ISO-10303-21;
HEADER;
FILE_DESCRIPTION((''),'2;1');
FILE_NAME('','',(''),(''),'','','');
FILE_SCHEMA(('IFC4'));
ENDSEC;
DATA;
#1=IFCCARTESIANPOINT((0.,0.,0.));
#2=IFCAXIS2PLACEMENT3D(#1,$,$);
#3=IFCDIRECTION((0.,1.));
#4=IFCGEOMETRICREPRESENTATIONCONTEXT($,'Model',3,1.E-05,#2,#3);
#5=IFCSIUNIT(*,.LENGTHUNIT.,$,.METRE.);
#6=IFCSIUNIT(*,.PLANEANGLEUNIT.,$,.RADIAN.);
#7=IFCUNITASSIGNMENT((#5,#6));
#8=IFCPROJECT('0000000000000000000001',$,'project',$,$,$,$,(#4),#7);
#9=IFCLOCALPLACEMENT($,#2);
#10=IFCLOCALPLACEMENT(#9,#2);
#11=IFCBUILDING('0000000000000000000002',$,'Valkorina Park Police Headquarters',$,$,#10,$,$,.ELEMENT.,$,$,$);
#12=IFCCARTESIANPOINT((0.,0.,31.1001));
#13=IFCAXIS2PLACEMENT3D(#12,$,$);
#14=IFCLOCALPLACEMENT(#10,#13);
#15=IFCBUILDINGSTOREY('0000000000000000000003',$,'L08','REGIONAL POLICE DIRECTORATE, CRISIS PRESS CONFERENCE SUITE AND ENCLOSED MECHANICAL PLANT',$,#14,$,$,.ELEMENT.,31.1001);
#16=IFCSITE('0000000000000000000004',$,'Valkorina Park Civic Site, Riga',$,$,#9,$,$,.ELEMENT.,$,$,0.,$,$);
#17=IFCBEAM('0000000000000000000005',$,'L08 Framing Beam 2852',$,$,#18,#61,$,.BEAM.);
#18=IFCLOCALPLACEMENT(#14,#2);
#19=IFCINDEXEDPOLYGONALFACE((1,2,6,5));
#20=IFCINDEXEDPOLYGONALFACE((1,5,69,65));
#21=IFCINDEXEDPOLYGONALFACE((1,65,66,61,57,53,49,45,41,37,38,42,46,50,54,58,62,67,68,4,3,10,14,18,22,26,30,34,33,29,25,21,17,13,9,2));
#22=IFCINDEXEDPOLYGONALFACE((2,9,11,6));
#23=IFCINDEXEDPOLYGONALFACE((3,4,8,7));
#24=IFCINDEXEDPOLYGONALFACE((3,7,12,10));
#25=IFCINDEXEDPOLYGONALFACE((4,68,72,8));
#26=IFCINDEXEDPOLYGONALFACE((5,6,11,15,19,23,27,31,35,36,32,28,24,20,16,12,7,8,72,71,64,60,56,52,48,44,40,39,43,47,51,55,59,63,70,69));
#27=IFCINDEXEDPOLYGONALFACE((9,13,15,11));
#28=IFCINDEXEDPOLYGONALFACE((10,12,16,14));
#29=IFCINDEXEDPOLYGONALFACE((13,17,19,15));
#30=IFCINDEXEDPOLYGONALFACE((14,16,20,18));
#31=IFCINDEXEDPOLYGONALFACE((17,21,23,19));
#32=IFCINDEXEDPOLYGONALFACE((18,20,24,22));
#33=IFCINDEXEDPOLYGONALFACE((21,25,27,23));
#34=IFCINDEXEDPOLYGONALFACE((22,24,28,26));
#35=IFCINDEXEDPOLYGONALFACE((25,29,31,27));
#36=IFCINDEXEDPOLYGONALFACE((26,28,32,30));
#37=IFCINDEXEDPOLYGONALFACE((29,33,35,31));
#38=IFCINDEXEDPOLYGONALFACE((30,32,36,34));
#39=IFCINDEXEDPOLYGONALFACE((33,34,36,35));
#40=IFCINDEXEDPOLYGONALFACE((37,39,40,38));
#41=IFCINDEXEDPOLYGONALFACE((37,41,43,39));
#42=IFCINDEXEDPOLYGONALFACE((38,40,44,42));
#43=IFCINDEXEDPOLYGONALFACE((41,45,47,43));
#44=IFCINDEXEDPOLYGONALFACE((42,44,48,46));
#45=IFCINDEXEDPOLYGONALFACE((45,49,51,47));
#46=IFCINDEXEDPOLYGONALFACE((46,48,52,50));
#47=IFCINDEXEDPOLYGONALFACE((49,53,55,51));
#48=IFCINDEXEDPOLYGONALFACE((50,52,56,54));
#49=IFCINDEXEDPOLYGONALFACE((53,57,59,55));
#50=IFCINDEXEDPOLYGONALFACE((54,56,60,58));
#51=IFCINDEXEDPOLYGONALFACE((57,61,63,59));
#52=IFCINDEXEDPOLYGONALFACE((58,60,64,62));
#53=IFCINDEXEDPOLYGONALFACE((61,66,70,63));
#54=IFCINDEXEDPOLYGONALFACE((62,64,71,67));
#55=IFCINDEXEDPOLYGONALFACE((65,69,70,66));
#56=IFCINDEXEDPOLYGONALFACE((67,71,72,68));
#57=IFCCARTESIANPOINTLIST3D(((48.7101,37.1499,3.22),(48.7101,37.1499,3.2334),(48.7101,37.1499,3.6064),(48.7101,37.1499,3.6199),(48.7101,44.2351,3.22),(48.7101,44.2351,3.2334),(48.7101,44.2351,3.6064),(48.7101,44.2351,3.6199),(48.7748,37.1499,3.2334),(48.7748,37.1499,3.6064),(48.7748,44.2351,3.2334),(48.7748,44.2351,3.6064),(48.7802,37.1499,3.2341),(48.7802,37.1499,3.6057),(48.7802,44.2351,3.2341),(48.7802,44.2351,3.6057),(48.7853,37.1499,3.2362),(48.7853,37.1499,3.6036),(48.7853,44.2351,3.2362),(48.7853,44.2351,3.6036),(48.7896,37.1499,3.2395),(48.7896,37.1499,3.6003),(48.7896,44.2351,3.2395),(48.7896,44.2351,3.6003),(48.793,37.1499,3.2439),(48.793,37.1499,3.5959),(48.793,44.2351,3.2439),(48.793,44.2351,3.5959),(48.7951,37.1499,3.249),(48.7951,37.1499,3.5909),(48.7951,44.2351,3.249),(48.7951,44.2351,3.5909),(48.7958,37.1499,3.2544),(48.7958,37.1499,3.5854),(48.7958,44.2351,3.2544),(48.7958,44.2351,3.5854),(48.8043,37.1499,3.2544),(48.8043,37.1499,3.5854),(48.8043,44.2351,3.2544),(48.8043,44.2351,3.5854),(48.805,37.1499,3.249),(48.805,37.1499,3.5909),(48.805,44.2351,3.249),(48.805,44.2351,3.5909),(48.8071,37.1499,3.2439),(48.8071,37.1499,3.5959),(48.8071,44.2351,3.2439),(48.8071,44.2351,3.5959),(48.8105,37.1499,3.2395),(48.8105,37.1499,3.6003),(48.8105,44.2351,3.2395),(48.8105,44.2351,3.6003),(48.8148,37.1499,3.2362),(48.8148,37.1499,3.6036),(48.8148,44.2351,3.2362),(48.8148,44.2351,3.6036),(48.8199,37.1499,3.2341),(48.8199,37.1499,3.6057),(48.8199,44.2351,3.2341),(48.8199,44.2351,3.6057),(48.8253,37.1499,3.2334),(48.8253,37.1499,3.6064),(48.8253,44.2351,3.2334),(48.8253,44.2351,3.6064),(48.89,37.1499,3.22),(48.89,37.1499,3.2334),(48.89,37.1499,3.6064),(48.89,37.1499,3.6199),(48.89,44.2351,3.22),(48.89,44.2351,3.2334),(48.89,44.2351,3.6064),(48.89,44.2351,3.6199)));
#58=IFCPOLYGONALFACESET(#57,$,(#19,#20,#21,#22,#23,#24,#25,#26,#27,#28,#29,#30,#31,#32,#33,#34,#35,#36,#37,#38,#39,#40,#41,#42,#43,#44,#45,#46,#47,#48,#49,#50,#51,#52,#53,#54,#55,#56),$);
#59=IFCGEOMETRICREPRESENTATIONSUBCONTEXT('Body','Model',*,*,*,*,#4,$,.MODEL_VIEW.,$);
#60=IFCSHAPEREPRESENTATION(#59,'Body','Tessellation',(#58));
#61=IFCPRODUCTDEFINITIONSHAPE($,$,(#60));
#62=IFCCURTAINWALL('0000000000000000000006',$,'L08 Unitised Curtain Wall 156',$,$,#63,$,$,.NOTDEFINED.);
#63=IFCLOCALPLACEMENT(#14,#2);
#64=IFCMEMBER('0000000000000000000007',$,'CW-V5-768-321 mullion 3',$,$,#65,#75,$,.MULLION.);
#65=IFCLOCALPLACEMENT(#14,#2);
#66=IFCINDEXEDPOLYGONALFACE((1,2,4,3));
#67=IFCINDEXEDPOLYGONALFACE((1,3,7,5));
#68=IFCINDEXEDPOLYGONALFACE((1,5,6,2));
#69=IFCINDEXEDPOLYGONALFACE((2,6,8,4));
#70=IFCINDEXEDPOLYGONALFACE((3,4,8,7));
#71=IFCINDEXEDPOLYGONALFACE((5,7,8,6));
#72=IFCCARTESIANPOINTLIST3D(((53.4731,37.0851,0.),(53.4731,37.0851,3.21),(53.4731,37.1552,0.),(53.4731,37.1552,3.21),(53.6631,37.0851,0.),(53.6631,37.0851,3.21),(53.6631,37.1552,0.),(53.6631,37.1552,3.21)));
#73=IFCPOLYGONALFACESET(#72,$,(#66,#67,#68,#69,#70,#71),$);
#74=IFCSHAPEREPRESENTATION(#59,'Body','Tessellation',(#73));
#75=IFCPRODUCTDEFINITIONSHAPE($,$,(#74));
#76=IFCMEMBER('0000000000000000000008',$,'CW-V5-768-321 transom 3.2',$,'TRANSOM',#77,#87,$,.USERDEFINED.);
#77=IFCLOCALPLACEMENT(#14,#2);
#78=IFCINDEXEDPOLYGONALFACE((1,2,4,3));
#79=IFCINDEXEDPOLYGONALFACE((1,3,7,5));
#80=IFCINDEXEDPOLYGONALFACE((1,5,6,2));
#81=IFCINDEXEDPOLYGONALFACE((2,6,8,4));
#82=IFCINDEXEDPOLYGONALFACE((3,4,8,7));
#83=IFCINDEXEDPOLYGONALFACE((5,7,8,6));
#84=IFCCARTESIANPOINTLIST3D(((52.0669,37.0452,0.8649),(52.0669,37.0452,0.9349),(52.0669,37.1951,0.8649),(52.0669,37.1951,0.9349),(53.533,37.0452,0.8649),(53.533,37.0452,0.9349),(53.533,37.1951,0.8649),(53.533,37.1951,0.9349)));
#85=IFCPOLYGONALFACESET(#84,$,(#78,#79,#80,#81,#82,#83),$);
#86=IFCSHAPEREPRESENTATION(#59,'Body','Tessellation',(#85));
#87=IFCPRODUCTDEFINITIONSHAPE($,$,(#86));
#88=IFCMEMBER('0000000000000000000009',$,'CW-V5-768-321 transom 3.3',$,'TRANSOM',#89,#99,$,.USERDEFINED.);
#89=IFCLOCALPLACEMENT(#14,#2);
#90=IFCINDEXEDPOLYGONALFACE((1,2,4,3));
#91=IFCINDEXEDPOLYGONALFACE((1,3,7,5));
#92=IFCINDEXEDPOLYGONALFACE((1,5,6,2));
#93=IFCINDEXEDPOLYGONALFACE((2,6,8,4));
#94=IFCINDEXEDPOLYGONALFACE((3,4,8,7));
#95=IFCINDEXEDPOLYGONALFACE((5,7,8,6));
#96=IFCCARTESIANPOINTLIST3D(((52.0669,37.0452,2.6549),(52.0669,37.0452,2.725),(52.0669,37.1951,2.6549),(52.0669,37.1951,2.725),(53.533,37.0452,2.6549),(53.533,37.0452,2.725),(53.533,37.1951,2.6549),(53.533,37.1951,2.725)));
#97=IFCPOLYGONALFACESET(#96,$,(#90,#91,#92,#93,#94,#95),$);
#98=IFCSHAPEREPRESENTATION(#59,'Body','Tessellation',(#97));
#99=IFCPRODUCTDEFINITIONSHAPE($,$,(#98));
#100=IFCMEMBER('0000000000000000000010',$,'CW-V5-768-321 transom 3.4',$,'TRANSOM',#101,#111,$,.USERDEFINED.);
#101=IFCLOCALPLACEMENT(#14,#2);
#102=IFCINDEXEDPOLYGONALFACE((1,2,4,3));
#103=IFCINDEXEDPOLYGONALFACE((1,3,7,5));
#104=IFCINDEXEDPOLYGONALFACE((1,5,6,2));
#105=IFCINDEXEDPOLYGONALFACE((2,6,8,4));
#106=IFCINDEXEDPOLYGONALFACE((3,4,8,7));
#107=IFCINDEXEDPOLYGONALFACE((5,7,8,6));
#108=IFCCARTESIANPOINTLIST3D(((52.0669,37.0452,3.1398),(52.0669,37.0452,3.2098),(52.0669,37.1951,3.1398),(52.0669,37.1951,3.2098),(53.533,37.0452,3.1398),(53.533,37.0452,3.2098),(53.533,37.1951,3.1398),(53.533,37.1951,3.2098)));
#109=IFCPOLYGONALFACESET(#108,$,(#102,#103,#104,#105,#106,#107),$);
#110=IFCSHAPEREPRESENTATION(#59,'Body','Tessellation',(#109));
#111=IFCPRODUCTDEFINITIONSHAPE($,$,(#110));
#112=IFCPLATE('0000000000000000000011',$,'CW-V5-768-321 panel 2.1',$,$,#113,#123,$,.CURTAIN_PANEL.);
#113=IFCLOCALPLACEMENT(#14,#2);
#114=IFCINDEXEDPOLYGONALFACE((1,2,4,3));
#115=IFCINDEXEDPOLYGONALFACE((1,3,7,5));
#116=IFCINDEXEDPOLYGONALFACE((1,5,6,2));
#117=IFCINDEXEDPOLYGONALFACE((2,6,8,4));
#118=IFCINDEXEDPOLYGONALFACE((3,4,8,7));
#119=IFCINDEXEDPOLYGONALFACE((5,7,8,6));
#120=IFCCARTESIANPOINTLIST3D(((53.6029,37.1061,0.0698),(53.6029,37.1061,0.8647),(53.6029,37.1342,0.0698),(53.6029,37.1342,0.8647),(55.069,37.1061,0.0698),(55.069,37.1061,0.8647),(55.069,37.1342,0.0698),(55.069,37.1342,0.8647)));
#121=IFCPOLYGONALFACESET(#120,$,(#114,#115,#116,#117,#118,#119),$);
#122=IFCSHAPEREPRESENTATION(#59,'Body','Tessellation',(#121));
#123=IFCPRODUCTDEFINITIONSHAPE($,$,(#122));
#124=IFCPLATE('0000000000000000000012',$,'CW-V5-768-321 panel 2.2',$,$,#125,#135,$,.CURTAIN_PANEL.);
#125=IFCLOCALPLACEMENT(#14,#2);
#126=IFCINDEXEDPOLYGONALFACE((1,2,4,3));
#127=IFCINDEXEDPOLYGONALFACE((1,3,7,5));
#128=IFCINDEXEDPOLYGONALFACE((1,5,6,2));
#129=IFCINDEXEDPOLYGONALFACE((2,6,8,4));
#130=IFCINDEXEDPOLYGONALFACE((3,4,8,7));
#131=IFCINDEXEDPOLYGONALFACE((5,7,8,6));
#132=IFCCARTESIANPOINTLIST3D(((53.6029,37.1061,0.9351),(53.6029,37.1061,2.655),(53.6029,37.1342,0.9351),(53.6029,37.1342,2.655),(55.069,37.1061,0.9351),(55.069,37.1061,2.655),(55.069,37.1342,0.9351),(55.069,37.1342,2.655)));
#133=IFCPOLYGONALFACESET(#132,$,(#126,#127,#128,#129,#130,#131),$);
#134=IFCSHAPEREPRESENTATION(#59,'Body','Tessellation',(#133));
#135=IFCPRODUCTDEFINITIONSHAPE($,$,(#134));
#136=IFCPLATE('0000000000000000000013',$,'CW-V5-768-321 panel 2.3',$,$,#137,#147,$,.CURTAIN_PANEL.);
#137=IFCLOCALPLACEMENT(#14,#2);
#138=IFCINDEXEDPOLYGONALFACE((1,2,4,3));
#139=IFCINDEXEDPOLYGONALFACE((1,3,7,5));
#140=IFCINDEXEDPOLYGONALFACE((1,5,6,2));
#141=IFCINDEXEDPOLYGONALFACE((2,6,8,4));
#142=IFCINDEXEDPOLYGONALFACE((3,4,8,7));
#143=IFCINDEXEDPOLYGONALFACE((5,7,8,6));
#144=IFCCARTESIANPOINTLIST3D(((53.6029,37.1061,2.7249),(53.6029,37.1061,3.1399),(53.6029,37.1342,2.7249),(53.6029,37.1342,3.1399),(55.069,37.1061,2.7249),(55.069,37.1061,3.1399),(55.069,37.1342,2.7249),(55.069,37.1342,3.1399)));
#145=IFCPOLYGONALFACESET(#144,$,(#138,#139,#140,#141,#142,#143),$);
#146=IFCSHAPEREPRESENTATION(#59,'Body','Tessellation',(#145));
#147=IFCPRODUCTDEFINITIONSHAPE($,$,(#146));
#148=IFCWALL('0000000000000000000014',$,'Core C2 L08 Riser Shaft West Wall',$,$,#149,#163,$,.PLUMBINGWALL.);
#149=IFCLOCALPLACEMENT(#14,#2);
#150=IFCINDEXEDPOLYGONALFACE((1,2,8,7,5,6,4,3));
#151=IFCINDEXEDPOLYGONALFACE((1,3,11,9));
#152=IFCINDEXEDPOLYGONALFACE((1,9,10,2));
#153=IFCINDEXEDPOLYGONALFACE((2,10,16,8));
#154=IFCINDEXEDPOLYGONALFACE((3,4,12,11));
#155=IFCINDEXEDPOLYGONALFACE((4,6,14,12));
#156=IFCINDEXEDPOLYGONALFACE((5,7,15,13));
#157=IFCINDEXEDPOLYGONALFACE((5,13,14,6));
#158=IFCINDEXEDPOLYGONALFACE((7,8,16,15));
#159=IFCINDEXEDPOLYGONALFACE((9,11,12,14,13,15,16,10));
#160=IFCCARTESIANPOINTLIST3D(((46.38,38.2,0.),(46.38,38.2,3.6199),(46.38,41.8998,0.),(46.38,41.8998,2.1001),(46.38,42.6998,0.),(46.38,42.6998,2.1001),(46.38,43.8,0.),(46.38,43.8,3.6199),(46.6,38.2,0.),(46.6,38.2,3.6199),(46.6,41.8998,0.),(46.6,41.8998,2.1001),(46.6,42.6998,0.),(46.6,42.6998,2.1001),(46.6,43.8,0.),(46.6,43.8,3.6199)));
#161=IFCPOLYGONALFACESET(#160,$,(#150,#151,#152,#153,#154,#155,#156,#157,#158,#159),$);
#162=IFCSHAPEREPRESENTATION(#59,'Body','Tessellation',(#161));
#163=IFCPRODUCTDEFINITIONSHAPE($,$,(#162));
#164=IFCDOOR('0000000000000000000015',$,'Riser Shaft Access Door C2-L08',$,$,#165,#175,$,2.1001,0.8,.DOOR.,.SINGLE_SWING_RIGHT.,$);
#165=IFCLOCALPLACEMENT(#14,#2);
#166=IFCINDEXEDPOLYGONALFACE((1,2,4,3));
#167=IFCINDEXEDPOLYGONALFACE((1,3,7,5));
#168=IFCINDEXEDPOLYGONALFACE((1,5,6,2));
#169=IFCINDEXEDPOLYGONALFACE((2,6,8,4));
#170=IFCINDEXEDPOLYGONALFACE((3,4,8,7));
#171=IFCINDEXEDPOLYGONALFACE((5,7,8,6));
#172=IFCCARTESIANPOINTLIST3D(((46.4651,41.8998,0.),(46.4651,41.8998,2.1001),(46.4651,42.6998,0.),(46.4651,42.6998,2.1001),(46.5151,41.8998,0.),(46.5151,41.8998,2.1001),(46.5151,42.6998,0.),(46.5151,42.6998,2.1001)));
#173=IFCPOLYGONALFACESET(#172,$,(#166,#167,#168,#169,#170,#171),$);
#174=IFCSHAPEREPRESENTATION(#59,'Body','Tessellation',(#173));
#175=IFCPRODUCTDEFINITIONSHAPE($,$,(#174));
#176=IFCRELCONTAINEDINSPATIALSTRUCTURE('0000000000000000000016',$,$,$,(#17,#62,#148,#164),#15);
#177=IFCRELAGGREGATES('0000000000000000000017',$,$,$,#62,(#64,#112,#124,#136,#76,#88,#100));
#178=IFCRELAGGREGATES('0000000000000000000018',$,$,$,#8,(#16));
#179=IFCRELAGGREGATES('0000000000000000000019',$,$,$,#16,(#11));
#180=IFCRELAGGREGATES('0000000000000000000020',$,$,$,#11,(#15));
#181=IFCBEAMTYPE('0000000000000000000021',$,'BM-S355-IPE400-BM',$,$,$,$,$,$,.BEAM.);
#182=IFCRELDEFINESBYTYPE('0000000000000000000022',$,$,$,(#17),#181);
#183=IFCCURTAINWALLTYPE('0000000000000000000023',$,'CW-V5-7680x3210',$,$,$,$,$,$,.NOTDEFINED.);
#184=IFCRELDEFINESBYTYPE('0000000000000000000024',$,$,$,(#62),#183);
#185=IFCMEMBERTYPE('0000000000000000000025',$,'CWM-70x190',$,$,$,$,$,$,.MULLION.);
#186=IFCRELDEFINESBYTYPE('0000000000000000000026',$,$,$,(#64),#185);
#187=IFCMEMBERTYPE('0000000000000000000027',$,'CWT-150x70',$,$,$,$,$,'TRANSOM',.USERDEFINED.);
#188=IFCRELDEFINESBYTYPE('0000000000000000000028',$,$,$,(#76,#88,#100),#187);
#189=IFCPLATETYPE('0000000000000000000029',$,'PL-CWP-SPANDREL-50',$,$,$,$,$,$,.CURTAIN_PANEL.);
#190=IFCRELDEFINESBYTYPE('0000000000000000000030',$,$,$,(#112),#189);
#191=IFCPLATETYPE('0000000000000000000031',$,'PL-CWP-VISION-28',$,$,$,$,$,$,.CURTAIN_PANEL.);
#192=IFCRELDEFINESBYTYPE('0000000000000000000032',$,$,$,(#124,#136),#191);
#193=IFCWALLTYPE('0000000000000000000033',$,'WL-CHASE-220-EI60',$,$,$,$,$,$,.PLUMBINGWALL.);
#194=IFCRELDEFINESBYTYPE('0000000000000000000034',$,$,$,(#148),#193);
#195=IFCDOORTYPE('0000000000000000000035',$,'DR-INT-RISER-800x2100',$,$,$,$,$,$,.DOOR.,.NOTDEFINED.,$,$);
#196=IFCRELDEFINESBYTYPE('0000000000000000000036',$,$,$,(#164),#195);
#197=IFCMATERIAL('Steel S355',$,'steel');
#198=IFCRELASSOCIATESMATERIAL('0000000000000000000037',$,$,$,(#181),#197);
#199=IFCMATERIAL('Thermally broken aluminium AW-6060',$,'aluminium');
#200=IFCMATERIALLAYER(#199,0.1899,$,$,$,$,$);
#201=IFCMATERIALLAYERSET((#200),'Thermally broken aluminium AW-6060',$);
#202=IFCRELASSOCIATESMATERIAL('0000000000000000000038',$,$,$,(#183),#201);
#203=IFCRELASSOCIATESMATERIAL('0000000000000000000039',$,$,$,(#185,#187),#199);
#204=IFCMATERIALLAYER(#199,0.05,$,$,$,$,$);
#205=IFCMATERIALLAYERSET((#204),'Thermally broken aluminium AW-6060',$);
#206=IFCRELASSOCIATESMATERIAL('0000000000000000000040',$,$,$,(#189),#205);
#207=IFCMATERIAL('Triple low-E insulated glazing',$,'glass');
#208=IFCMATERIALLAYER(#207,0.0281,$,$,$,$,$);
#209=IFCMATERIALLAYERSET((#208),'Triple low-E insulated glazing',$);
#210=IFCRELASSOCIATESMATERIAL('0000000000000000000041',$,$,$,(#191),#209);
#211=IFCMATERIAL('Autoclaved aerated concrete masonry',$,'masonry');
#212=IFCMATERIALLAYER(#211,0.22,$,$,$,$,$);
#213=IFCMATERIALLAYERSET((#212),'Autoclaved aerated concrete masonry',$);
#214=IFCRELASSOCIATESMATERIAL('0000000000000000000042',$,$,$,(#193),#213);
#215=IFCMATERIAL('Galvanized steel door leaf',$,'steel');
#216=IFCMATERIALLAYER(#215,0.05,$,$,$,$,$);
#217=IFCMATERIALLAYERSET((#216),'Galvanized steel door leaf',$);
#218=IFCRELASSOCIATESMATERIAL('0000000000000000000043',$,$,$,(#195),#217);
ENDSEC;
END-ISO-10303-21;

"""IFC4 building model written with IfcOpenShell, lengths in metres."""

from ifc_helpers import new_model, si_unit, direction, frame, frame_2d, origin, origin_2d, place, context, subcontext, project, spatial, rectangle, i_section, extrude, material, layer, layer_set, material_profile, profile_set, type_object, element, fill, aggregate, save


model = new_model("IFC4")

# Units and contexts
model_context = context("Model", 3, precision=1e-05, world=origin(), true_north=direction((0.0, 1.0)))
body_context = subcontext(model_context, "Body", "Model", "MODEL_VIEW")
ifc_project = project(units=[si_unit("LENGTHUNIT", "METRE"), si_unit("PLANEANGLEUNIT", "RADIAN")], contexts=[model_context])

# Site, building, storey
site_placement = place(None, origin())
site = spatial("IfcSite", under=ifc_project, at=site_placement, Name="Valkorina Park Civic Site, Riga", CompositionType="ELEMENT", RefElevation=0.0)
building_placement = place(site_placement, origin())
building = spatial("IfcBuilding", under=site, at=building_placement, Name="Valkorina Park Police Headquarters", CompositionType="ELEMENT")
storey_placement = place(building_placement, frame((0.0, 0.0, 31.1001)))
storey = spatial("IfcBuildingStorey", under=building, at=storey_placement, Name="L08", Description="REGIONAL POLICE DIRECTORATE, CRISIS PRESS CONFERENCE SUITE AND ENCLOSED MECHANICAL PLANT", CompositionType="ELEMENT", Elevation=31.1001)

# Shared definitions
ifc_material_1 = material(Name="Steel S355", Category="steel")

# Beam
ifc_material_profile_1 = material_profile(ifc_material_1, i_section(OverallWidth=0.1799, OverallDepth=0.3999, WebThickness=0.0085, FlangeThickness=0.0134, FilletRadius=0.021, at=origin_2d()), Name="IPE 400")
ifc_profile_set_1 = profile_set([ifc_material_profile_1], Name="Steel S355")
beam_type_1 = type_object("IfcBeamType", Name="BM-S355-IPE400-BM", PredefinedType="BEAM", material=ifc_profile_set_1)
beam_1_placement = place(storey_placement, frame((48.8, 37.1499, 3.4199), z_axis=(0.0, 1.0, 0.0), x_axis=(-1.0, 0.0, 0.0)))
element("IfcBeam", 1, at=beam_1_placement, inside=storey, type_object=beam_type_1, Name="L08 Framing Beam 2852", PredefinedType="BEAM", context=body_context, shape_type="SweptSolid", body=[
    extrude(i_section(OverallWidth=0.1799, OverallDepth=0.3999, WebThickness=0.0085, FlangeThickness=0.0134, FilletRadius=0.021, at=origin_2d()), origin(), (0.0, 0.0, 1.0), 7.0852),
])

# Curtain wall, members, plates
ifc_material_2 = material(Name="Thermally broken aluminium AW-6060", Category="aluminium")
ifc_layer_1 = layer(ifc_material_2, 0.1899)
ifc_layer_set_1 = layer_set([ifc_layer_1], Name="Thermally broken aluminium AW-6060")
curtain_wall_type = type_object("IfcCurtainWallType", Name="CW-V5-7680x3210", PredefinedType="NOTDEFINED", material=ifc_layer_set_1)
curtain_wall_placement = place(storey_placement, origin())
curtain_wall = element("IfcCurtainWall", 2, at=curtain_wall_placement, inside=storey, type_object=curtain_wall_type, Name="L08 Unitised Curtain Wall 156", PredefinedType="NOTDEFINED")
ifc_material_profile_2 = material_profile(ifc_material_2, rectangle(XDim=0.0701, YDim=0.1899, at=origin_2d()), Name="CWM-02 70x190")
ifc_profile_set_2 = profile_set([ifc_material_profile_2], Name="Thermally broken aluminium AW-6060")
member_type_1 = type_object("IfcMemberType", Name="CWM-70x190", PredefinedType="MULLION", material=ifc_profile_set_2)
member_1_placement = place(storey_placement, frame((53.5681, 37.1201, 0.0), z_axis=(0.0, 0.0, 1.0), x_axis=(0.0, -1.0, 0.0)))
member_1 = element("IfcMember", 3, at=member_1_placement, type_object=member_type_1, Name="CW-V5-768-321 mullion 3", PredefinedType="MULLION", context=body_context, shape_type="SweptSolid", body=[
    extrude(rectangle(XDim=0.0701, YDim=0.1899, at=origin_2d()), origin(), (0.0, 0.0, 1.0), 3.21),
])
ifc_material_profile_3 = material_profile(ifc_material_2, rectangle(XDim=0.1499, YDim=0.0701, at=origin_2d()), Name="CWT-02 150x70")
ifc_profile_set_3 = profile_set([ifc_material_profile_3], Name="Thermally broken aluminium AW-6060")
member_type_2 = type_object("IfcMemberType", Name="CWT-150x70", ElementType="TRANSOM", PredefinedType="USERDEFINED", material=ifc_profile_set_3)
member_2_placement = place(storey_placement, frame((53.533, 37.1201, 0.8999), z_axis=(-1.0, 0.0, 0.0), x_axis=(0.0, -1.0, 0.0)))
member_2 = element("IfcMember", 4, at=member_2_placement, type_object=member_type_2, Name="CW-V5-768-321 transom 3.2", ObjectType="TRANSOM", PredefinedType="USERDEFINED", context=body_context, shape_type="SweptSolid", body=[
    extrude(rectangle(XDim=0.1499, YDim=0.0701, at=origin_2d()), origin(), (0.0, 0.0, 1.0), 1.4661),
])
member_3_placement = place(storey_placement, frame((53.533, 37.1201, 2.6899), z_axis=(-1.0, 0.0, 0.0), x_axis=(0.0, -1.0, 0.0)))
member_3 = element("IfcMember", 5, at=member_3_placement, type_object=member_type_2, Name="CW-V5-768-321 transom 3.3", ObjectType="TRANSOM", PredefinedType="USERDEFINED", context=body_context, shape_type="SweptSolid", body=[
    extrude(rectangle(XDim=0.1499, YDim=0.0701, at=origin_2d()), origin(), (0.0, 0.0, 1.0), 1.4661),
])
member_4_placement = place(storey_placement, frame((53.533, 37.1201, 3.1748), z_axis=(-1.0, 0.0, 0.0), x_axis=(0.0, -1.0, 0.0)))
member_4 = element("IfcMember", 6, at=member_4_placement, type_object=member_type_2, Name="CW-V5-768-321 transom 3.4", ObjectType="TRANSOM", PredefinedType="USERDEFINED", context=body_context, shape_type="SweptSolid", body=[
    extrude(rectangle(XDim=0.1499, YDim=0.0701, at=origin_2d()), origin(), (0.0, 0.0, 1.0), 1.4661),
])
ifc_layer_2 = layer(ifc_material_2, 0.05)
ifc_layer_set_2 = layer_set([ifc_layer_2], Name="Thermally broken aluminium AW-6060")
plate_type_1 = type_object("IfcPlateType", Name="PL-CWP-SPANDREL-50", PredefinedType="CURTAIN_PANEL", material=ifc_layer_set_2)
plate_1_placement = place(storey_placement, frame((54.3359, 37.1201, 0.0698), z_axis=(0.0, 0.0, 1.0), x_axis=(-1.0, 0.0, 0.0)))
plate_1 = element("IfcPlate", 7, at=plate_1_placement, type_object=plate_type_1, Name="CW-V5-768-321 panel 2.1", PredefinedType="CURTAIN_PANEL", context=body_context, shape_type="SweptSolid", body=[
    extrude(rectangle(XDim=1.4661, YDim=0.0281, at=origin_2d()), origin(), (0.0, 0.0, 1.0), 0.7949),
])
ifc_material_3 = material(Name="Triple low-E insulated glazing", Category="glass")
ifc_layer_3 = layer(ifc_material_3, 0.0281)
ifc_layer_set_3 = layer_set([ifc_layer_3], Name="Triple low-E insulated glazing")
plate_type_2 = type_object("IfcPlateType", Name="PL-CWP-VISION-28", PredefinedType="CURTAIN_PANEL", material=ifc_layer_set_3)
plate_2_placement = place(storey_placement, frame((54.3359, 37.1201, 0.9351), z_axis=(0.0, 0.0, 1.0), x_axis=(-1.0, 0.0, 0.0)))
plate_2 = element("IfcPlate", 8, at=plate_2_placement, type_object=plate_type_2, Name="CW-V5-768-321 panel 2.2", PredefinedType="CURTAIN_PANEL", context=body_context, shape_type="SweptSolid", body=[
    extrude(rectangle(XDim=1.4661, YDim=0.0281, at=origin_2d()), origin(), (0.0, 0.0, 1.0), 1.72),
])
plate_3_placement = place(storey_placement, frame((54.3359, 37.1201, 2.7249), z_axis=(0.0, 0.0, 1.0), x_axis=(-1.0, 0.0, 0.0)))
plate_3 = element("IfcPlate", 9, at=plate_3_placement, type_object=plate_type_2, Name="CW-V5-768-321 panel 2.3", PredefinedType="CURTAIN_PANEL", context=body_context, shape_type="SweptSolid", body=[
    extrude(rectangle(XDim=1.4661, YDim=0.0281, at=origin_2d()), origin(), (0.0, 0.0, 1.0), 0.415),
])
aggregate(curtain_wall, [member_1, plate_1, plate_2, plate_3, member_2, member_3, member_4])

# Wall, opening, door
ifc_material_4 = material(Name="Autoclaved aerated concrete masonry", Category="masonry")
ifc_layer_4 = layer(ifc_material_4, 0.22)
ifc_layer_set_4 = layer_set([ifc_layer_4], Name="Autoclaved aerated concrete masonry")
wall_type_1 = type_object("IfcWallType", Name="WL-CHASE-220-EI60", PredefinedType="PLUMBINGWALL", material=ifc_layer_set_4)
wall_1_placement = place(storey_placement, frame((46.49, 38.2, 0.0), z_axis=(0.0, 0.0, 1.0), x_axis=(0.0, 1.0, 0.0)))
wall_1 = element("IfcWall", 10, at=wall_1_placement, inside=storey, type_object=wall_type_1, Name="Core C2 L08 Riser Shaft West Wall", PredefinedType="PLUMBINGWALL", context=body_context, shape_type="SweptSolid", body=[
    extrude(rectangle(XDim=5.6001, YDim=0.22, at=frame_2d((2.8, 0.0))), origin(), (0.0, 0.0, 1.0), 3.6199),
])
opening_1_placement = place(wall_1_placement, frame((3.7, 0.0, 0.0)))
opening_1 = element("IfcOpeningElement", 11, at=opening_1_placement, cuts=wall_1, PredefinedType="OPENING", context=body_context, shape_type="SweptSolid", body=[
    extrude(rectangle(XDim=0.8, YDim=2.1001, at=frame_2d((0.3999, 1.05))), frame((0.0, 0.1201, 0.0), z_axis=(0.0, -1.0, 0.0), x_axis=(1.0, 0.0, 0.0)), (0.0, 0.0, 1.0), 0.24),
])
ifc_material_5 = material(Name="Galvanized steel door leaf", Category="steel")
ifc_layer_5 = layer(ifc_material_5, 0.05)
ifc_layer_set_5 = layer_set([ifc_layer_5], Name="Galvanized steel door leaf")
door_type_1 = type_object("IfcDoorType", Name="DR-INT-RISER-800x2100", OperationType="NOTDEFINED", PredefinedType="DOOR", material=ifc_layer_set_5)
door_1_placement = place(opening_1_placement, origin())
door_1 = element("IfcDoor", 12, at=door_1_placement, inside=storey, type_object=door_type_1, Name="Riser Shaft Access Door C2-L08", OperationType="SINGLE_SWING_RIGHT", OverallHeight=2.1001, OverallWidth=0.8, PredefinedType="DOOR", context=body_context, shape_type="SweptSolid", body=[
    extrude(rectangle(XDim=0.8, YDim=2.1001, at=frame_2d((0.3999, 1.05))), frame((0.0, 0.0249, 0.0), z_axis=(0.0, -1.0, 0.0), x_axis=(1.0, 0.0, 0.0)), (0.0, 0.0, 1.0), 0.05),
])
fill(opening_1, door_1)

save(model, "model.ifc")
